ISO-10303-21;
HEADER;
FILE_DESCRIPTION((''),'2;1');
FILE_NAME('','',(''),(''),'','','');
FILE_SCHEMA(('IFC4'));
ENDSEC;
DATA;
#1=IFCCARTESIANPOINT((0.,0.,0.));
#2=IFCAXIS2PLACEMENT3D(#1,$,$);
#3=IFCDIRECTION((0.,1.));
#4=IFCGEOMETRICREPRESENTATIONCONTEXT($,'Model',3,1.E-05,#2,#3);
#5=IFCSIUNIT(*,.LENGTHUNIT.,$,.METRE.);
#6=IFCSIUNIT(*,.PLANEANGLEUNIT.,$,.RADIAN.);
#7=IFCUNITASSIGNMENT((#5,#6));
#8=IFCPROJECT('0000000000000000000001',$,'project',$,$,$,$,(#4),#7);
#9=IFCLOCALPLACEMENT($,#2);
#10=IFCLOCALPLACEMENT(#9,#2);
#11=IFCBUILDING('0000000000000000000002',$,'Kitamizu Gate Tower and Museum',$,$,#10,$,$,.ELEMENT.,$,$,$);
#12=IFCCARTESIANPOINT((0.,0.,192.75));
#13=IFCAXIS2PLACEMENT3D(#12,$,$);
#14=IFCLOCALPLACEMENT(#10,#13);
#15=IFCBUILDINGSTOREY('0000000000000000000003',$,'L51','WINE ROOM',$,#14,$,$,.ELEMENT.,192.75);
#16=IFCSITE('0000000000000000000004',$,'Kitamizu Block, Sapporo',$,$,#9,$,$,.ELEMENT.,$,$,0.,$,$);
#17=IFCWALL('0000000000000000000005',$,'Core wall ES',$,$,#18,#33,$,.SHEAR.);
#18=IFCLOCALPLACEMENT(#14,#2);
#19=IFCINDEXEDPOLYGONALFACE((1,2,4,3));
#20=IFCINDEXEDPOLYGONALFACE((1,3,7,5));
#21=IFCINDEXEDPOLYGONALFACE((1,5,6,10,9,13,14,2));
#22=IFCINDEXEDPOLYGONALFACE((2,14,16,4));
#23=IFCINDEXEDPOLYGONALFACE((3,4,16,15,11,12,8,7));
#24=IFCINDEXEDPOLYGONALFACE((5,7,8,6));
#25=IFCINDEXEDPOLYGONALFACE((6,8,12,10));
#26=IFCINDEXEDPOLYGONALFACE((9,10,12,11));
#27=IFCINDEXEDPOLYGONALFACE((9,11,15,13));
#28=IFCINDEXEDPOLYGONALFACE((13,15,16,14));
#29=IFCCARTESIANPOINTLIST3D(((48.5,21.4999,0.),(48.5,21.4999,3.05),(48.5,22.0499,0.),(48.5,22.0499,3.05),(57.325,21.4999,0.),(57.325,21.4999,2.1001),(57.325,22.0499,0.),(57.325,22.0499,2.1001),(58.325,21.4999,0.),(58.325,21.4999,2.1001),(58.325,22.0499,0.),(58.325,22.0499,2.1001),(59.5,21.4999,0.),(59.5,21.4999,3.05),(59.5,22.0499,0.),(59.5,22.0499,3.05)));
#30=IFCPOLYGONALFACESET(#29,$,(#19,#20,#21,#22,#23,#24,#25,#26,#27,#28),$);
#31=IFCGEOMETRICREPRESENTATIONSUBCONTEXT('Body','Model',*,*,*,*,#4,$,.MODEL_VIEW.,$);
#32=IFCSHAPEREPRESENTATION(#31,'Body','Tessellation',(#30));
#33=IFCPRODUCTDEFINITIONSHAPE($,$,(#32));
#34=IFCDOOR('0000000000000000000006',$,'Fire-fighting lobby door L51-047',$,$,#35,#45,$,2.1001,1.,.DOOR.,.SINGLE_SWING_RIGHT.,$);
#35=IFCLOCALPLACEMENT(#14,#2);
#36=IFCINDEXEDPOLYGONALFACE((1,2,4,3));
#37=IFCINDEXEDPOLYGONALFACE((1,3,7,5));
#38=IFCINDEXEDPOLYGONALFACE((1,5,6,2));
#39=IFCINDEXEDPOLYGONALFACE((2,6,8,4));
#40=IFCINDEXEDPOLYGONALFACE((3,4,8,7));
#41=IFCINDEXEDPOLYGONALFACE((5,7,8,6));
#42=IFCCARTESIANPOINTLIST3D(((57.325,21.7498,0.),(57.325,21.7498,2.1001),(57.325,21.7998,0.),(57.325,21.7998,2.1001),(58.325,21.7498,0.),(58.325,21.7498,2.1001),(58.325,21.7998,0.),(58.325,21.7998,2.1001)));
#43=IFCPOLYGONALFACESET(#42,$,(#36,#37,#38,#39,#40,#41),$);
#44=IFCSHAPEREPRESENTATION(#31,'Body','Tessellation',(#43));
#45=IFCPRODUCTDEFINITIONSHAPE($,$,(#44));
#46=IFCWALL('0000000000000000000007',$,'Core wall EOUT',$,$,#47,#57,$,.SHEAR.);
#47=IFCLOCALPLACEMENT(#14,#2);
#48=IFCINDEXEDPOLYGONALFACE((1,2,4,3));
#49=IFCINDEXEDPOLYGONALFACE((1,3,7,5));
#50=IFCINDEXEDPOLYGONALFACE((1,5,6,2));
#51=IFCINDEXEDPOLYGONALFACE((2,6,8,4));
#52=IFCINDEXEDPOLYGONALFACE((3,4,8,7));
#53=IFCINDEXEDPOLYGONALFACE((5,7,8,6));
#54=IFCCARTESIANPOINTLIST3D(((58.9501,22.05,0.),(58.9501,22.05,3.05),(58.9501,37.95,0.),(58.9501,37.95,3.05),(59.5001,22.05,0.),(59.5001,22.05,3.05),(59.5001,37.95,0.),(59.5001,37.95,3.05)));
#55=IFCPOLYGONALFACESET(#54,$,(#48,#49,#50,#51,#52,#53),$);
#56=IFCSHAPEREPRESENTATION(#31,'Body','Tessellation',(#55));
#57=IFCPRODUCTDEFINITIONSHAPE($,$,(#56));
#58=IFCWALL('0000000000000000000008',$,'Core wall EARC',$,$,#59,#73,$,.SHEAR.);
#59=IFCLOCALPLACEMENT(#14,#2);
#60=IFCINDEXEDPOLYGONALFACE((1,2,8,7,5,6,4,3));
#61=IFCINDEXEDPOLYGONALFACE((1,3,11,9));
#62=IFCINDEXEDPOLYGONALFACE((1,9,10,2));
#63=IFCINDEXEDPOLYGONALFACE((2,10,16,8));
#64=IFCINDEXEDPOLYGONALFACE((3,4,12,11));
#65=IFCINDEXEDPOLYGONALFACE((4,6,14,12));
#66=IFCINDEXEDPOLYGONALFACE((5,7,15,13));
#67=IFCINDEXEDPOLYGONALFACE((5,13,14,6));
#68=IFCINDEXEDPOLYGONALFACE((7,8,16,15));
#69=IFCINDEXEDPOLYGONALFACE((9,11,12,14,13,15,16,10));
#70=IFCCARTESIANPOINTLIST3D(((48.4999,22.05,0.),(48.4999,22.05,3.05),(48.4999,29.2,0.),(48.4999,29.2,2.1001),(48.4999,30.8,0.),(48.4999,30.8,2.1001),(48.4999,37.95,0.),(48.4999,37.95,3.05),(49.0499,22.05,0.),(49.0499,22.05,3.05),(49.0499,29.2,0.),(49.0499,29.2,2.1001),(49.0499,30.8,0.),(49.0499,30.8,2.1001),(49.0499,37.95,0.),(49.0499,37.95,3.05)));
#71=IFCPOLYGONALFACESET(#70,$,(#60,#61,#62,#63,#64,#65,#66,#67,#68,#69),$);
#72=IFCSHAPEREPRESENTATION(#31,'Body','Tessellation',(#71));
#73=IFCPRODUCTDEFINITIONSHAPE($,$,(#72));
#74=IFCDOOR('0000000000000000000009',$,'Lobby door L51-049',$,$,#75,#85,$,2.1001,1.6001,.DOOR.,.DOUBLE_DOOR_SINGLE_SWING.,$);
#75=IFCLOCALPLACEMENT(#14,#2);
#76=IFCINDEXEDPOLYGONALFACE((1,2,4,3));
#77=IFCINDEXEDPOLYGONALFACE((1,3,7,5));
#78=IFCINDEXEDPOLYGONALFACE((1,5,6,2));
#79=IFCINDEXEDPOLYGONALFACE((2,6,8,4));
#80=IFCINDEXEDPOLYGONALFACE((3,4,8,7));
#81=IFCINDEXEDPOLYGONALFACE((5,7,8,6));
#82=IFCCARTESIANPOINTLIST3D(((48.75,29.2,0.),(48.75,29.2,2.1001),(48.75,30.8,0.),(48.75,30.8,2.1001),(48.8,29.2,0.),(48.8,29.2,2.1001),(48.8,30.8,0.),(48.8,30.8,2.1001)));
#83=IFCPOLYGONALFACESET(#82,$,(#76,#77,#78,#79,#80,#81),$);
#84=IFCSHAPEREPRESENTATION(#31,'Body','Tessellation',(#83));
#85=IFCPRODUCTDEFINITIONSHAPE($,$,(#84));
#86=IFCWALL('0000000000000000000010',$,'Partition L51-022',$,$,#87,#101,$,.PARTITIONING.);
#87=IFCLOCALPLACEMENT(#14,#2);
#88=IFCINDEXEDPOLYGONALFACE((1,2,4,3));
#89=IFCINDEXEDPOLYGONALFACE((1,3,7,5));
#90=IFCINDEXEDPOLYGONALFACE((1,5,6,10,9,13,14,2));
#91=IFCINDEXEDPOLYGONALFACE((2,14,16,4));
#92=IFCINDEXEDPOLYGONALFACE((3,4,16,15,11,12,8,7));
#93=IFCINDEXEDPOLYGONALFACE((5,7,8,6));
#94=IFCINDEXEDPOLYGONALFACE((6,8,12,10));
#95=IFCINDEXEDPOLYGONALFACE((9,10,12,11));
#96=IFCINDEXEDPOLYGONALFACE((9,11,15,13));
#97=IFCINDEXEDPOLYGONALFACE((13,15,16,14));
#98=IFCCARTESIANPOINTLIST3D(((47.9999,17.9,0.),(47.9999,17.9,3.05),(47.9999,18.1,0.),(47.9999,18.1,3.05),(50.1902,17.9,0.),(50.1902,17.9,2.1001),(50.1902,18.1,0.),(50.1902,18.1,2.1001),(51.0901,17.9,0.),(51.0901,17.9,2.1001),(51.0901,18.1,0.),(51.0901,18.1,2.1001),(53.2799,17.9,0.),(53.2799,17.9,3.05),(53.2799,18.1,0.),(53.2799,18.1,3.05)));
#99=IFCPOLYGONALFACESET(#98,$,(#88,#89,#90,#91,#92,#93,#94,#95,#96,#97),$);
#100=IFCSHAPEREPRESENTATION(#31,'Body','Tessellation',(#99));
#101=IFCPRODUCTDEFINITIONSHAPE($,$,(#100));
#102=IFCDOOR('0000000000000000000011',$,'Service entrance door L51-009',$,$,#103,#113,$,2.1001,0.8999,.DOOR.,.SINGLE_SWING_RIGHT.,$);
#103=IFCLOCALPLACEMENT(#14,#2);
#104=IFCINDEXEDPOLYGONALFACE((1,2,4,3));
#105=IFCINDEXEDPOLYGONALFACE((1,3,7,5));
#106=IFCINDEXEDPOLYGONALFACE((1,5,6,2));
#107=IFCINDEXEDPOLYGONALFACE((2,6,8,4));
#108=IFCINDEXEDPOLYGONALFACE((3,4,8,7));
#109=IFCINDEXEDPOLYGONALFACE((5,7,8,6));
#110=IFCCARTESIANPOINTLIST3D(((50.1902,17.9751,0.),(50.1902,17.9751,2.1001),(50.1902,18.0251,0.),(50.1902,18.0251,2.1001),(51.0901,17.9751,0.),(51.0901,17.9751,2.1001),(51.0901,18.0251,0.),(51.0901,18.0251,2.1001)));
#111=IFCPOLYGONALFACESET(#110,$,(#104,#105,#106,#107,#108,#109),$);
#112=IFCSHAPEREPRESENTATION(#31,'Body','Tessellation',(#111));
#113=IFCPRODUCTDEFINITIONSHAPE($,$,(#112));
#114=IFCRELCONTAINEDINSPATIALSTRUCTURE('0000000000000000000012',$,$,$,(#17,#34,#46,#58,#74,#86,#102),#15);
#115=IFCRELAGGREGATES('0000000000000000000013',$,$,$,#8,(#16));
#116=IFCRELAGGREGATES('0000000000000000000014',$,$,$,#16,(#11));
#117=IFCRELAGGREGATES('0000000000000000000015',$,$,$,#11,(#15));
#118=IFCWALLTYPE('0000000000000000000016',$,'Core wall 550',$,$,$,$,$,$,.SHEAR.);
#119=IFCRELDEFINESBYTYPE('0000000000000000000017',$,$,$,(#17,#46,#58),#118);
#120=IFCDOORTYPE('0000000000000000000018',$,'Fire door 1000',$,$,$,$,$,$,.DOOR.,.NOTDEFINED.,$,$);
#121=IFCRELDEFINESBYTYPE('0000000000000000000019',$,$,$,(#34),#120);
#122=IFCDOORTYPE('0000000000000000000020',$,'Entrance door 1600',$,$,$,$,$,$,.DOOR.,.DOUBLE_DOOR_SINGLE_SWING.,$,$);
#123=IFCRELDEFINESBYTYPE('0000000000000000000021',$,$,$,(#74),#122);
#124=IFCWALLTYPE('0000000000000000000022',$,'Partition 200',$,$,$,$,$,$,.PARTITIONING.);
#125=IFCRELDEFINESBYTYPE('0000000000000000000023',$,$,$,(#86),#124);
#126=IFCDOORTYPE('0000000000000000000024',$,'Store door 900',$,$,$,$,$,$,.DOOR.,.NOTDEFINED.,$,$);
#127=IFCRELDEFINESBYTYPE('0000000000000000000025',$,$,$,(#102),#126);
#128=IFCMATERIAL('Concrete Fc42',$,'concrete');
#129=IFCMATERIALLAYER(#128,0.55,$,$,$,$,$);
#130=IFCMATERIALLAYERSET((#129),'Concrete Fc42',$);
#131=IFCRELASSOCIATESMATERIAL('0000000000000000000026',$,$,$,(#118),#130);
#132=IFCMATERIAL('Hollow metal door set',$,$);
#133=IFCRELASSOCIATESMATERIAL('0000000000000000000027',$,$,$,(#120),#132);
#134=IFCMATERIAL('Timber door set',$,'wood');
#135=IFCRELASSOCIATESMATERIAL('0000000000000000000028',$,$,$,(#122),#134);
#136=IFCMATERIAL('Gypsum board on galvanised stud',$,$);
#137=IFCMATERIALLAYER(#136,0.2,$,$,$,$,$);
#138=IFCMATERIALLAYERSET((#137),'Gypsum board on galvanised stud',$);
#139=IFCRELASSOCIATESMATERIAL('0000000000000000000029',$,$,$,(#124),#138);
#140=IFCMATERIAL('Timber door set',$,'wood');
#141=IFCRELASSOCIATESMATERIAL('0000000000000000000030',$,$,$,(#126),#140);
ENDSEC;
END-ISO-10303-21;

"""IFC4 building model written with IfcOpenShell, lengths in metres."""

from ifc_helpers import new_model, si_unit, direction, frame, frame_2d, origin, place, context, subcontext, project, spatial, rectangle, extrude, material, layer, layer_set, type_object, element, fill, save


model = new_model("IFC4")

# Units and contexts
model_context = context("Model", 3, precision=1e-05, world=origin(), true_north=direction((0.0, 1.0)))
body_context = subcontext(model_context, "Body", "Model", "MODEL_VIEW")
ifc_project = project(units=[si_unit("LENGTHUNIT", "METRE"), si_unit("PLANEANGLEUNIT", "RADIAN")], contexts=[model_context])

# Site, building, storey
site_placement = place(None, origin())
site = spatial("IfcSite", under=ifc_project, at=site_placement, Name="Kitamizu Block, Sapporo", CompositionType="ELEMENT", RefElevation=0.0)
building_placement = place(site_placement, origin())
building = spatial("IfcBuilding", under=site, at=building_placement, Name="Kitamizu Gate Tower and Museum", CompositionType="ELEMENT")
storey_placement = place(building_placement, frame((0.0, 0.0, 192.75)))
storey = spatial("IfcBuildingStorey", under=building, at=storey_placement, Name="L51", Description="WINE ROOM", CompositionType="ELEMENT", Elevation=192.75)

# Wall, opening, door
ifc_material_1 = material(Name="Concrete Fc42", Category="concrete")
ifc_layer_1 = layer(ifc_material_1, 0.55)
ifc_layer_set_1 = layer_set([ifc_layer_1], Name="Concrete Fc42")
wall_type_1 = type_object("IfcWallType", Name="Core wall 550", PredefinedType="SHEAR", material=ifc_layer_set_1)
wall_1_placement = place(storey_placement, frame((59.5, 21.7749, 0.0), z_axis=(0.0, 0.0, 1.0), x_axis=(-1.0, 0.0, 0.0)))
wall_1 = element("IfcWall", 1, at=wall_1_placement, inside=storey, type_object=wall_type_1, Name="Core wall ES", PredefinedType="SHEAR", context=body_context, shape_type="SweptSolid", body=[
    extrude(rectangle(XDim=11.0, YDim=0.55, at=frame_2d((5.5, 0.0))), origin(), (0.0, 0.0, 1.0), 3.05),
])
opening_1_placement = place(wall_1_placement, frame((1.175, 0.0, 0.0)))
opening_1 = element("IfcOpeningElement", 2, at=opening_1_placement, cuts=wall_1, PredefinedType="OPENING", context=body_context, shape_type="SweptSolid", body=[
    extrude(rectangle(XDim=1.0, YDim=2.1001, at=frame_2d((0.5, 1.05))), frame((0.0, 0.2852, 0.0), z_axis=(0.0, -1.0, 0.0), x_axis=(1.0, 0.0, 0.0)), (0.0, 0.0, 1.0), 0.5701),
])
ifc_material_2 = material(Name="Hollow metal door set")
door_type_1 = type_object("IfcDoorType", Name="Fire door 1000", OperationType="NOTDEFINED", PredefinedType="DOOR", material=ifc_material_2)
door_1_placement = place(opening_1_placement, frame((1.0, 0.0, 0.0), x_axis=(-1.0, 0.0, 0.0)))
door_1 = element("IfcDoor", 3, at=door_1_placement, inside=storey, type_object=door_type_1, Name="Fire-fighting lobby door L51-047", OperationType="SINGLE_SWING_RIGHT", OverallHeight=2.1001, OverallWidth=1.0, PredefinedType="DOOR", context=body_context, shape_type="SweptSolid", body=[
    extrude(rectangle(XDim=1.0, YDim=2.1001, at=frame_2d((0.5, 1.05))), frame((0.0, 0.0249, 0.0), z_axis=(0.0, -1.0, 0.0), x_axis=(1.0, 0.0, 0.0)), (0.0, 0.0, 1.0), 0.05),
])
fill(opening_1, door_1)

# Wall
wall_2_placement = place(storey_placement, frame((59.2251, 22.05, 0.0), z_axis=(0.0, 0.0, 1.0), x_axis=(0.0, 1.0, 0.0)))
element("IfcWall", 4, at=wall_2_placement, inside=storey, type_object=wall_type_1, Name="Core wall EOUT", PredefinedType="SHEAR", context=body_context, shape_type="SweptSolid", body=[
    extrude(rectangle(XDim=15.8999, YDim=0.55, at=frame_2d((7.95, 0.0))), origin(), (0.0, 0.0, 1.0), 3.05),
])

# Walls, openings, doors
wall_3_placement = place(storey_placement, frame((48.7749, 22.05, 0.0), z_axis=(0.0, 0.0, 1.0), x_axis=(0.0, 1.0, 0.0)))
wall_3 = element("IfcWall", 5, at=wall_3_placement, inside=storey, type_object=wall_type_1, Name="Core wall EARC", PredefinedType="SHEAR", context=body_context, shape_type="SweptSolid", body=[
    extrude(rectangle(XDim=15.8999, YDim=0.55, at=frame_2d((7.95, 0.0))), origin(), (0.0, 0.0, 1.0), 3.05),
])
opening_2_placement = place(wall_3_placement, frame((7.1499, 0.0, 0.0)))
opening_2 = element("IfcOpeningElement", 6, at=opening_2_placement, cuts=wall_3, PredefinedType="OPENING", context=body_context, shape_type="SweptSolid", body=[
    extrude(rectangle(XDim=1.6001, YDim=2.1001, at=frame_2d((0.8, 1.05))), frame((0.0, 0.2852, 0.0), z_axis=(0.0, -1.0, 0.0), x_axis=(1.0, 0.0, 0.0)), (0.0, 0.0, 1.0), 0.5701),
])
ifc_material_3 = material(Name="Timber door set", Category="wood")
door_type_2 = type_object("IfcDoorType", Name="Entrance door 1600", OperationType="DOUBLE_DOOR_SINGLE_SWING", PredefinedType="DOOR", material=ifc_material_3)
door_2_placement = place(opening_2_placement, origin())
door_2 = element("IfcDoor", 7, at=door_2_placement, inside=storey, type_object=door_type_2, Name="Lobby door L51-049", OperationType="DOUBLE_DOOR_SINGLE_SWING", OverallHeight=2.1001, OverallWidth=1.6001, PredefinedType="DOOR", context=body_context, shape_type="SweptSolid", body=[
    extrude(rectangle(XDim=1.6001, YDim=2.1001, at=frame_2d((0.8, 1.05))), frame((0.0, 0.0249, 0.0), z_axis=(0.0, -1.0, 0.0), x_axis=(1.0, 0.0, 0.0)), (0.0, 0.0, 1.0), 0.05),
])
fill(opening_2, door_2)
ifc_material_4 = material(Name="Gypsum board on galvanised stud")
ifc_layer_2 = layer(ifc_material_4, 0.2)
ifc_layer_set_2 = layer_set([ifc_layer_2], Name="Gypsum board on galvanised stud")
wall_type_2 = type_object("IfcWallType", Name="Partition 200", PredefinedType="PARTITIONING", material=ifc_layer_set_2)
wall_4_placement = place(storey_placement, frame((53.28, 18.0, 0.0), z_axis=(0.0, 0.0, 1.0), x_axis=(-1.0, 0.0, 0.0)))
wall_4 = element("IfcWall", 8, at=wall_4_placement, inside=storey, type_object=wall_type_2, Name="Partition L51-022", PredefinedType="PARTITIONING", context=body_context, shape_type="SweptSolid", body=[
    extrude(rectangle(XDim=5.28, YDim=0.2, at=frame_2d((2.6401, 0.0))), origin(), (0.0, 0.0, 1.0), 3.05),
])
opening_3_placement = place(wall_4_placement, frame((2.1899, 0.0, 0.0)))
opening_3 = element("IfcOpeningElement", 9, at=opening_3_placement, cuts=wall_4, PredefinedType="OPENING", context=body_context, shape_type="SweptSolid", body=[
    extrude(rectangle(XDim=0.8999, YDim=2.1001, at=frame_2d((0.45, 1.05))), frame((0.0, 0.1099, 0.0), z_axis=(0.0, -1.0, 0.0), x_axis=(1.0, 0.0, 0.0)), (0.0, 0.0, 1.0), 0.22),
])
ifc_material_5 = material(Name="Timber door set", Category="wood")
door_type_3 = type_object("IfcDoorType", Name="Store door 900", OperationType="NOTDEFINED", PredefinedType="DOOR", material=ifc_material_5)
door_3_placement = place(opening_3_placement, origin())
door_3 = element("IfcDoor", 10, at=door_3_placement, inside=storey, type_object=door_type_3, Name="Service entrance door L51-009", OperationType="SINGLE_SWING_RIGHT", OverallHeight=2.1001, OverallWidth=0.8999, PredefinedType="DOOR", context=body_context, shape_type="SweptSolid", body=[
    extrude(rectangle(XDim=0.8999, YDim=2.1001, at=frame_2d((0.45, 1.05))), frame((0.0, 0.0249, 0.0), z_axis=(0.0, -1.0, 0.0), x_axis=(1.0, 0.0, 0.0)), (0.0, 0.0, 1.0), 0.05),
])
fill(opening_3, door_3)

save(model, "model.ifc")
